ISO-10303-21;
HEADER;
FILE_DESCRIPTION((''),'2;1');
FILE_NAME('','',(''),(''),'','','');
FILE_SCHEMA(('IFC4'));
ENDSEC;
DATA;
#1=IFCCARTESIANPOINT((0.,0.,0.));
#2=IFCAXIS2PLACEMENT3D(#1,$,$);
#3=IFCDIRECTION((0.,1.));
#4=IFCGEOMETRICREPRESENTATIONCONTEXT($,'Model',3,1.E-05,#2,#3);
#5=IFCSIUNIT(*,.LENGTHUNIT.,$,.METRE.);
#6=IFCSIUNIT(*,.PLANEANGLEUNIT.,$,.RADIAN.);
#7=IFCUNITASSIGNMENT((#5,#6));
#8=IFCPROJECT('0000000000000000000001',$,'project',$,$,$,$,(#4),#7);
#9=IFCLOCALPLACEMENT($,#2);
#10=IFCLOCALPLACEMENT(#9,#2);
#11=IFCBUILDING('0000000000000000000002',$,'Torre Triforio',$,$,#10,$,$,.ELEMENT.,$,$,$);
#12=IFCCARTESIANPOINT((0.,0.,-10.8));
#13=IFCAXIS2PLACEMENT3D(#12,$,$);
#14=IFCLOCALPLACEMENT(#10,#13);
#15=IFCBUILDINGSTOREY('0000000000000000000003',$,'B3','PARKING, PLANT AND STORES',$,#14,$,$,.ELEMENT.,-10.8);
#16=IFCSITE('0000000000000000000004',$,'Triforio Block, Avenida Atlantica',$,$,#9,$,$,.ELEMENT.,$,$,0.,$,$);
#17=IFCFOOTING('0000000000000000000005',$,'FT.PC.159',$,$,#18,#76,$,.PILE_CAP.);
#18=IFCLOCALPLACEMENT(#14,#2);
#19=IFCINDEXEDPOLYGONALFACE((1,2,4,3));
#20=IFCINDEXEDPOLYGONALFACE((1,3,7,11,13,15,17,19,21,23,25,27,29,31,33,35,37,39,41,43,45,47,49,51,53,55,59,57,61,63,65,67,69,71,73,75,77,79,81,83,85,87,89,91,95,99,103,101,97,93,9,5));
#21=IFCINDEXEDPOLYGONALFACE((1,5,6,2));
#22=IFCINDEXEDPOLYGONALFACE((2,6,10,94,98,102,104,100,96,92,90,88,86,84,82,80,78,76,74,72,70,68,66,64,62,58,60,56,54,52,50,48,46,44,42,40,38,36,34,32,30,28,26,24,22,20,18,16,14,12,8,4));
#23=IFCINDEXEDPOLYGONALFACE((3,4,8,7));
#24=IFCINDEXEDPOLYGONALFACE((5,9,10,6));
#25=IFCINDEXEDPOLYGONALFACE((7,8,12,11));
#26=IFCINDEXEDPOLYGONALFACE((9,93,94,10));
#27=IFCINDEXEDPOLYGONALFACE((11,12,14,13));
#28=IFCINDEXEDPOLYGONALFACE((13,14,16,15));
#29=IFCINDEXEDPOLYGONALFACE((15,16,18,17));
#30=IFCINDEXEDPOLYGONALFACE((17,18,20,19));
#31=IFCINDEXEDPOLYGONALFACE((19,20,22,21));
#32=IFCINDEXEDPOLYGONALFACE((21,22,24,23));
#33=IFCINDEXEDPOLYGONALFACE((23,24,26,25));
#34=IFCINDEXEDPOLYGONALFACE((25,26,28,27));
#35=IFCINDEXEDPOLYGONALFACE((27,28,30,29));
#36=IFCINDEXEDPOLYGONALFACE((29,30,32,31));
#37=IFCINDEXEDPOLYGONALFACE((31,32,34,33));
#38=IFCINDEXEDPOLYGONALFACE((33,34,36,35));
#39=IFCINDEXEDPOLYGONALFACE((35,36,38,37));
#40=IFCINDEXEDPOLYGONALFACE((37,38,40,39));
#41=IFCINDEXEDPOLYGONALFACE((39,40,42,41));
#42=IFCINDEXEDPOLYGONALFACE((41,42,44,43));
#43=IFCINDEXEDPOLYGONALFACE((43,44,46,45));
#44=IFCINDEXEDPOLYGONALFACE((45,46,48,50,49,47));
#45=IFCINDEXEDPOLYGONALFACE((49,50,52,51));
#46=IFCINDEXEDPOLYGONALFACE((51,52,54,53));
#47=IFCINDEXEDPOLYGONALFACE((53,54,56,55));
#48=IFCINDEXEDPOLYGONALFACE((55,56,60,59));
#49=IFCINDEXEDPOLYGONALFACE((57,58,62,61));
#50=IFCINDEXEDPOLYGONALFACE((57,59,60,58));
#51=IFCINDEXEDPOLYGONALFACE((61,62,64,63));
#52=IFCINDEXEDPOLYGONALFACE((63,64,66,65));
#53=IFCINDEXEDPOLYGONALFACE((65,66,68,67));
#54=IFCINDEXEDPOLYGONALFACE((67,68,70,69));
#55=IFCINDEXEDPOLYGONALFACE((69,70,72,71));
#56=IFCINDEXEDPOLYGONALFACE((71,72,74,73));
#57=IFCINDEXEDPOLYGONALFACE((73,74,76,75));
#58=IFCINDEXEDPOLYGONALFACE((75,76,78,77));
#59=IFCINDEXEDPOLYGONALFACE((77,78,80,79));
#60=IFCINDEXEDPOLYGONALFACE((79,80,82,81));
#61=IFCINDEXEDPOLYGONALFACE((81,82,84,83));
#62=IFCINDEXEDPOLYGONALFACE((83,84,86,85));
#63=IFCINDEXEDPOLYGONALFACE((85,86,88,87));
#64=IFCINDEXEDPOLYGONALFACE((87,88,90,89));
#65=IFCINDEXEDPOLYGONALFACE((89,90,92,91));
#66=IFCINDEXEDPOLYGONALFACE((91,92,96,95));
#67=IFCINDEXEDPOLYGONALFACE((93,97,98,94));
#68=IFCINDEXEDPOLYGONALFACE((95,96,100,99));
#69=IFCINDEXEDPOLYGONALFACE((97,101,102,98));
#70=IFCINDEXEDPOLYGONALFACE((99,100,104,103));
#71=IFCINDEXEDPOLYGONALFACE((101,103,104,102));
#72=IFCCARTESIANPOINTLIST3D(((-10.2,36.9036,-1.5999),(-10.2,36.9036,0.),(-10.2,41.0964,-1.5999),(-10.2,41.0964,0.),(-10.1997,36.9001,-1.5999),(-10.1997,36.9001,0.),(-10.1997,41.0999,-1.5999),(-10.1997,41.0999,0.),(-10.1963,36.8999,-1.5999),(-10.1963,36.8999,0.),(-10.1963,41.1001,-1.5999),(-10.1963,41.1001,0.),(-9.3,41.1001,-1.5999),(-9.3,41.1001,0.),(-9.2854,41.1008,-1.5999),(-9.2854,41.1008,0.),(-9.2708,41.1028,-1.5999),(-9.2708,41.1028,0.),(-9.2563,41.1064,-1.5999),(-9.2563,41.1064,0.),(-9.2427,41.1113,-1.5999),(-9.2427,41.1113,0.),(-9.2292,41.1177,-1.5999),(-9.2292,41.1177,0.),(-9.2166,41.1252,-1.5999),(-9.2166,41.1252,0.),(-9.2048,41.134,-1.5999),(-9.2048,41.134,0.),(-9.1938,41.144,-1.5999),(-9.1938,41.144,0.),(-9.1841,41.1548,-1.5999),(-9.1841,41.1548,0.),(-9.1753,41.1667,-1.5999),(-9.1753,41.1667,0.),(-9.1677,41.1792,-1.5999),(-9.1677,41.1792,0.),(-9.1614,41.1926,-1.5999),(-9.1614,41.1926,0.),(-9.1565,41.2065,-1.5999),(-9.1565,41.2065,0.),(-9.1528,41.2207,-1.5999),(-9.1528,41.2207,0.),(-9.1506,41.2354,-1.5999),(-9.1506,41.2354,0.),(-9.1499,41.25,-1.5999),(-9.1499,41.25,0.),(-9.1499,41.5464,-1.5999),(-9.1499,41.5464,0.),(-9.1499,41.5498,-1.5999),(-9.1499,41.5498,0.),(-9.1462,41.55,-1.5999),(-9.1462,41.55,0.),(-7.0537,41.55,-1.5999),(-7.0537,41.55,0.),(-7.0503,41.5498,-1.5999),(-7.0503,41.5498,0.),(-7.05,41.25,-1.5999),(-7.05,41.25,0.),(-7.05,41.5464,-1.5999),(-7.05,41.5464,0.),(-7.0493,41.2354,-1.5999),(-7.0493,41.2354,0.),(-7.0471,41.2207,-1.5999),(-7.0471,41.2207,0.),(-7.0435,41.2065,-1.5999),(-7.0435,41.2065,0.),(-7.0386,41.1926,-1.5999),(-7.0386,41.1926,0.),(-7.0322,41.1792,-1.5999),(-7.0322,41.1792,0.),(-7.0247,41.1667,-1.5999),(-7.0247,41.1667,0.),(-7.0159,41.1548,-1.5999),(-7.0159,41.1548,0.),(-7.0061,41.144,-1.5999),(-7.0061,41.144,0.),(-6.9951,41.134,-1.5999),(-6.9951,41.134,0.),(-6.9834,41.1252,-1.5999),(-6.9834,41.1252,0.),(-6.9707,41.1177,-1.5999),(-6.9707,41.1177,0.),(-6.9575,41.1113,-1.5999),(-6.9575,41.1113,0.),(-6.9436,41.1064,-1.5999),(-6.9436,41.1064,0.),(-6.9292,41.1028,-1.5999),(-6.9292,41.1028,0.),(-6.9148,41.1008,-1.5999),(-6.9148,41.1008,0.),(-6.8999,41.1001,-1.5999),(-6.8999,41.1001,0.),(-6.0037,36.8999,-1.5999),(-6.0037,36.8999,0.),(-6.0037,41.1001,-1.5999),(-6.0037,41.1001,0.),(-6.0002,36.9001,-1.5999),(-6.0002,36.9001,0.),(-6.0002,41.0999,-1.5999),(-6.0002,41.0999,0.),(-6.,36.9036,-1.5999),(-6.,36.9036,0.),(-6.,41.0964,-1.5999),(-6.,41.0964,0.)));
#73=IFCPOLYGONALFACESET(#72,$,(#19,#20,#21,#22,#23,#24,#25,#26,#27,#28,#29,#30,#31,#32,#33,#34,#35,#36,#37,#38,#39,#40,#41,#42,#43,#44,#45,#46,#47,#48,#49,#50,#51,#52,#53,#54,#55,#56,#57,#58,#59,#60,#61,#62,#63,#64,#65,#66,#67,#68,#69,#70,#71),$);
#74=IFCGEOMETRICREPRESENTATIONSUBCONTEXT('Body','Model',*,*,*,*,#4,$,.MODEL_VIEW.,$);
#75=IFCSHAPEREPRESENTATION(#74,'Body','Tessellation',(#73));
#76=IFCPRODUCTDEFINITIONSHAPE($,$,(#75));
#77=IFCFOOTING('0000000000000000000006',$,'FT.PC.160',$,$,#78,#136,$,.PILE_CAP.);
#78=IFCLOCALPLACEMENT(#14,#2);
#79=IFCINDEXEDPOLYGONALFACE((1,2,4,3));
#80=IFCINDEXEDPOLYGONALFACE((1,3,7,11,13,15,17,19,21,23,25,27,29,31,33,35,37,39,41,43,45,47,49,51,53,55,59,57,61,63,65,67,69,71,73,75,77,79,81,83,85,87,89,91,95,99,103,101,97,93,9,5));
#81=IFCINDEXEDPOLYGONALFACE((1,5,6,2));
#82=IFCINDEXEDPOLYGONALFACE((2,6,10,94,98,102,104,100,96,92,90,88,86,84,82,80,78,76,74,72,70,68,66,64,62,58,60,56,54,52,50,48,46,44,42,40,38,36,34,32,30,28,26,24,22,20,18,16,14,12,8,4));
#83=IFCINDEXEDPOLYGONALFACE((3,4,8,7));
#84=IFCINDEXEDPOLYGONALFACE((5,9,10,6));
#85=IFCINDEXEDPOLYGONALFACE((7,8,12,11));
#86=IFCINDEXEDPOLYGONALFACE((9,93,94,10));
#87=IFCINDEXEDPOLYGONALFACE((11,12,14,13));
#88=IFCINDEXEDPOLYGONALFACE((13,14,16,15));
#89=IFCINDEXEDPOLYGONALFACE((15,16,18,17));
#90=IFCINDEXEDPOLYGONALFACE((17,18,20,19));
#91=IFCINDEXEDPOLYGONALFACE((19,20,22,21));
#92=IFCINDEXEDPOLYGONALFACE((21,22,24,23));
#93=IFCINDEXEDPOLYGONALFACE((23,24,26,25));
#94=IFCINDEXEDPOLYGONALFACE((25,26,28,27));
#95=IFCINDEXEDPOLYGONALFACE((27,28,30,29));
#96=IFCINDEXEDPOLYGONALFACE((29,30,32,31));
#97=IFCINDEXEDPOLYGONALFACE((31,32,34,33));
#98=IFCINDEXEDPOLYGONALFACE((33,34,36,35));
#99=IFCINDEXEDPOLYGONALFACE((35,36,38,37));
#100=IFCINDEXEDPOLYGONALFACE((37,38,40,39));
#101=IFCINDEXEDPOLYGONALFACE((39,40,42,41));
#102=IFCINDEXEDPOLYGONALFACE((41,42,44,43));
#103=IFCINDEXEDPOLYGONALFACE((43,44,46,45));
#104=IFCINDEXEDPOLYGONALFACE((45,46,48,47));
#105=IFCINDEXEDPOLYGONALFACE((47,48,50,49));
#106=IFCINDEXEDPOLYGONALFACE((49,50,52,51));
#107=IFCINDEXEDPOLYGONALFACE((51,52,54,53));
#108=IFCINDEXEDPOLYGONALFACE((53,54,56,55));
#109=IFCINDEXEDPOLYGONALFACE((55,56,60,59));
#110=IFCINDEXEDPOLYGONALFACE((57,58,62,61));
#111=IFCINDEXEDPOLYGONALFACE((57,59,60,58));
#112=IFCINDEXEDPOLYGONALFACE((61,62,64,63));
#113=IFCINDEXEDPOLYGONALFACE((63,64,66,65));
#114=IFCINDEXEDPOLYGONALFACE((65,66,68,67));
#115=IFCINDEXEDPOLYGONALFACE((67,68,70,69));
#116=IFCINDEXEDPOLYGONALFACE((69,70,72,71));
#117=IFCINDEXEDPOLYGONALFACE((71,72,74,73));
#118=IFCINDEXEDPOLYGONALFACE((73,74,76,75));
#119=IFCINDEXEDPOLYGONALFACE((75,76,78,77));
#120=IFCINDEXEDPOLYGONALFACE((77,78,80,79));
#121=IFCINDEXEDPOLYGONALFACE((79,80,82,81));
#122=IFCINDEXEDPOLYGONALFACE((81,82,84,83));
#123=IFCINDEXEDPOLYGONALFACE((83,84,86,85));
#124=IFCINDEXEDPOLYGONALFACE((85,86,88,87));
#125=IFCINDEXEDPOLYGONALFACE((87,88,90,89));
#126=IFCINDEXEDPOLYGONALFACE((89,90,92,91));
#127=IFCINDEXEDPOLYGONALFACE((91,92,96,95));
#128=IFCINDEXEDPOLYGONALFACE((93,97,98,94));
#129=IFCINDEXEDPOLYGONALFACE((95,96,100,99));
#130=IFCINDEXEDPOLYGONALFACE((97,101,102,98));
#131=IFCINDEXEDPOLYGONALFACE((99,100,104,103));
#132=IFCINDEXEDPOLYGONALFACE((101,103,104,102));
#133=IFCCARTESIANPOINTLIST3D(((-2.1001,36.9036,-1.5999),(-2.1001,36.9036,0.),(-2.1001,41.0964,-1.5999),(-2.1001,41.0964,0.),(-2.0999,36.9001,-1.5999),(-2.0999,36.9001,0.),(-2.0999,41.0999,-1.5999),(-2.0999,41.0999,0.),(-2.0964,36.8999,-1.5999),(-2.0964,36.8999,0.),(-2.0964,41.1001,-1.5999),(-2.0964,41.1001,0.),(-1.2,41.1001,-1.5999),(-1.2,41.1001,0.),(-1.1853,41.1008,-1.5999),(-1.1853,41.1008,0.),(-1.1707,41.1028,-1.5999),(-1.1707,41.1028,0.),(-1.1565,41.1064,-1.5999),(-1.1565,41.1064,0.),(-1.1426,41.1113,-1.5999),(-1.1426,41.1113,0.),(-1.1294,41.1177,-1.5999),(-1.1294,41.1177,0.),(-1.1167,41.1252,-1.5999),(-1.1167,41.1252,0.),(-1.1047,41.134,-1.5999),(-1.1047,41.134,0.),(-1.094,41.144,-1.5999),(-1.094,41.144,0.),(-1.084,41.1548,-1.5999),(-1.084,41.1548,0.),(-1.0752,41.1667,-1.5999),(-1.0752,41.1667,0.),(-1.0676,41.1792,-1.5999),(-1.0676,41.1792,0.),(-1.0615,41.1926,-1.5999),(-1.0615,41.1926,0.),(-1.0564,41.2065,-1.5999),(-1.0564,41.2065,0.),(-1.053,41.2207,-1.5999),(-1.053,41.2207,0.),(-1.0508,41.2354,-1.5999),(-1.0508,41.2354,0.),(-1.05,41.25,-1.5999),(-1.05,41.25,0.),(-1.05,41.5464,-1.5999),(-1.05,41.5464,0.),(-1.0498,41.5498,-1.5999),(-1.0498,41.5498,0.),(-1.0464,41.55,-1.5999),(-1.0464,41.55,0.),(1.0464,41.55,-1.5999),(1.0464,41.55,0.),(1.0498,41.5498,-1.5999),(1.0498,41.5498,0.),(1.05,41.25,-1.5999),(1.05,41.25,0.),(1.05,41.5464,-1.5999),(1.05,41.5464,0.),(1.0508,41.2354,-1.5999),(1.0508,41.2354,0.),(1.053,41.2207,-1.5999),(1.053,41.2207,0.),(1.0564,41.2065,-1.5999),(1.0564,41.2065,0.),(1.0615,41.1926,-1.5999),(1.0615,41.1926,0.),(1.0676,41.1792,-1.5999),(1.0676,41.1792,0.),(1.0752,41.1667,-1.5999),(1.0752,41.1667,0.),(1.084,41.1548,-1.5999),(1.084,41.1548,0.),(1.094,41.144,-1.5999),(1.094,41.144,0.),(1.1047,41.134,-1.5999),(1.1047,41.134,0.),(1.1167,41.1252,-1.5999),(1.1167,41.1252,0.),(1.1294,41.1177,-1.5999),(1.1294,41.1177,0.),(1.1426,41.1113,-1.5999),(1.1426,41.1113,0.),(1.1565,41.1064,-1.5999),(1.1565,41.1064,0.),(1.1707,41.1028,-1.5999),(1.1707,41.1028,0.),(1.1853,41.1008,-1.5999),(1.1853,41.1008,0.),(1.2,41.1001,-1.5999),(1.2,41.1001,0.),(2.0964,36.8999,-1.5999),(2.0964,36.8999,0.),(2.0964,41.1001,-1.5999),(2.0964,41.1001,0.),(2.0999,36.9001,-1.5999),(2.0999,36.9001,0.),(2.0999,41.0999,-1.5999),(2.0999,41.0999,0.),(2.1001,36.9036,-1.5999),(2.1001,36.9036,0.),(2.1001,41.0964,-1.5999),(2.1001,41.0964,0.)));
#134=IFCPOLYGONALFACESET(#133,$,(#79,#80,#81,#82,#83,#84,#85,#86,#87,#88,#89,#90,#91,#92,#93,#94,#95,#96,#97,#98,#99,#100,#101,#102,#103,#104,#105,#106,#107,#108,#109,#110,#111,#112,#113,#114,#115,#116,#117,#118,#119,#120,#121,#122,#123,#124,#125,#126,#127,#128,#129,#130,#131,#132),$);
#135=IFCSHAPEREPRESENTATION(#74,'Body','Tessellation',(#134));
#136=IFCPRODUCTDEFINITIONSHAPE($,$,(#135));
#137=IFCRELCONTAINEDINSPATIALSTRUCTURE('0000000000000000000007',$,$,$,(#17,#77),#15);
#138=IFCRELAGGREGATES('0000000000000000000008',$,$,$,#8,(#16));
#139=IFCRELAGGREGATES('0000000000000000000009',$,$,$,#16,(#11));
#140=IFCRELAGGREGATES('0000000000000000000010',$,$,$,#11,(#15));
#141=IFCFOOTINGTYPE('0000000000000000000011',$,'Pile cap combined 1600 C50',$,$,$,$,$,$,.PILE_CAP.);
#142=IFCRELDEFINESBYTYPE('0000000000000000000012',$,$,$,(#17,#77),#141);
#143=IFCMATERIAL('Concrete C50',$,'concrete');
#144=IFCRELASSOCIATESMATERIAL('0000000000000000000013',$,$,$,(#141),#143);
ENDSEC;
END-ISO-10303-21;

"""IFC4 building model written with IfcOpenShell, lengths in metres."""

from ifc_helpers import new_model, si_unit, direction, frame, origin, place, context, subcontext, project, spatial, polyline, outline, extrude, material, type_object, element, save


model = new_model("IFC4")

# Units and contexts
model_context = context("Model", 3, precision=1e-05, world=origin(), true_north=direction((0.0, 1.0)))
body_context = subcontext(model_context, "Body", "Model", "MODEL_VIEW")
ifc_project = project(units=[si_unit("LENGTHUNIT", "METRE"), si_unit("PLANEANGLEUNIT", "RADIAN")], contexts=[model_context])

# Site, building, storey
site_placement = place(None, origin())
site = spatial("IfcSite", under=ifc_project, at=site_placement, Name="Triforio Block, Avenida Atlantica", CompositionType="ELEMENT", RefElevation=0.0)
building_placement = place(site_placement, origin())
building = spatial("IfcBuilding", under=site, at=building_placement, Name="Torre Triforio", CompositionType="ELEMENT")
storey_placement = place(building_placement, frame((0.0, 0.0, -10.8)))
storey = spatial("IfcBuildingStorey", under=building, at=storey_placement, Name="B3", Description="PARKING, PLANT AND STORES", CompositionType="ELEMENT", Elevation=-10.8)

# Footings
ifc_material_1 = material(Name="Concrete C50", Category="concrete")
footing_type_1 = type_object("IfcFootingType", Name="Pile cap combined 1600 C50", PredefinedType="PILE_CAP", material=ifc_material_1)
footing_1_placement = place(storey_placement, frame((0.0, 0.0, -1.5999)))
element("IfcFooting", 1, at=footing_1_placement, inside=storey, type_object=footing_type_1, Name="FT.PC.159", PredefinedType="PILE_CAP", context=body_context, shape_type="SweptSolid", body=[
    extrude(outline(polyline([(-10.1997, 36.9001), (-10.1963, 36.8999), (-6.0037, 36.8999), (-6.0002, 36.9001), (-6.0, 36.9036), (-6.0, 41.0964), (-6.0002, 41.0999), (-6.0037, 41.1001), (-6.8999, 41.1001), (-6.9148, 41.1008), (-6.9292, 41.1028), (-6.9436, 41.1064), (-6.9575, 41.1113), (-6.9707, 41.1177), (-6.9834, 41.1252), (-6.9951, 41.134), (-7.0061, 41.144), (-7.0159, 41.1548), (-7.0247, 41.1667), (-7.0322, 41.1792), (-7.0386, 41.1926), (-7.0435, 41.2065), (-7.0471, 41.2207), (-7.0493, 41.2354), (-7.05, 41.25), (-7.05, 41.5464), (-7.0503, 41.5498), (-7.0537, 41.55), (-9.1462, 41.55), (-9.1499, 41.5498), (-9.1499, 41.5464), (-9.1499, 41.25), (-9.1506, 41.2354), (-9.1528, 41.2207), (-9.1565, 41.2065), (-9.1614, 41.1926), (-9.1677, 41.1792), (-9.1753, 41.1667), (-9.1841, 41.1548), (-9.1938, 41.144), (-9.2048, 41.134), (-9.2166, 41.1252), (-9.2292, 41.1177), (-9.2427, 41.1113), (-9.2563, 41.1064), (-9.2708, 41.1028), (-9.2854, 41.1008), (-9.3, 41.1001), (-10.1963, 41.1001), (-10.1997, 41.0999), (-10.2, 41.0964), (-10.2, 36.9036), (-10.1997, 36.9001)])), origin(), (0.0, 0.0, 1.0), 1.5999),
])
footing_2_placement = place(storey_placement, frame((0.0, 0.0, -1.5999)))
element("IfcFooting", 2, at=footing_2_placement, inside=storey, type_object=footing_type_1, Name="FT.PC.160", PredefinedType="PILE_CAP", context=body_context, shape_type="SweptSolid", body=[
    extrude(outline(polyline([(-2.0999, 36.9001), (-2.0964, 36.8999), (2.0964, 36.8999), (2.0999, 36.9001), (2.1001, 36.9036), (2.1001, 41.0964), (2.0999, 41.0999), (2.0964, 41.1001), (1.2, 41.1001), (1.1853, 41.1008), (1.1707, 41.1028), (1.1565, 41.1064), (1.1426, 41.1113), (1.1294, 41.1177), (1.1167, 41.1252), (1.1047, 41.134), (1.094, 41.144), (1.084, 41.1548), (1.0752, 41.1667), (1.0676, 41.1792), (1.0615, 41.1926), (1.0564, 41.2065), (1.053, 41.2207), (1.0508, 41.2354), (1.05, 41.25), (1.05, 41.5464), (1.0498, 41.5498), (1.0464, 41.55), (-1.0464, 41.55), (-1.0498, 41.5498), (-1.05, 41.5464), (-1.05, 41.25), (-1.0508, 41.2354), (-1.053, 41.2207), (-1.0564, 41.2065), (-1.0615, 41.1926), (-1.0676, 41.1792), (-1.0752, 41.1667), (-1.084, 41.1548), (-1.094, 41.144), (-1.1047, 41.134), (-1.1167, 41.1252), (-1.1294, 41.1177), (-1.1426, 41.1113), (-1.1565, 41.1064), (-1.1707, 41.1028), (-1.1853, 41.1008), (-1.2, 41.1001), (-2.0964, 41.1001), (-2.0999, 41.0999), (-2.1001, 41.0964), (-2.1001, 36.9036), (-2.0999, 36.9001)])), origin(), (0.0, 0.0, 1.0), 1.5999),
])

save(model, "model.ifc")
